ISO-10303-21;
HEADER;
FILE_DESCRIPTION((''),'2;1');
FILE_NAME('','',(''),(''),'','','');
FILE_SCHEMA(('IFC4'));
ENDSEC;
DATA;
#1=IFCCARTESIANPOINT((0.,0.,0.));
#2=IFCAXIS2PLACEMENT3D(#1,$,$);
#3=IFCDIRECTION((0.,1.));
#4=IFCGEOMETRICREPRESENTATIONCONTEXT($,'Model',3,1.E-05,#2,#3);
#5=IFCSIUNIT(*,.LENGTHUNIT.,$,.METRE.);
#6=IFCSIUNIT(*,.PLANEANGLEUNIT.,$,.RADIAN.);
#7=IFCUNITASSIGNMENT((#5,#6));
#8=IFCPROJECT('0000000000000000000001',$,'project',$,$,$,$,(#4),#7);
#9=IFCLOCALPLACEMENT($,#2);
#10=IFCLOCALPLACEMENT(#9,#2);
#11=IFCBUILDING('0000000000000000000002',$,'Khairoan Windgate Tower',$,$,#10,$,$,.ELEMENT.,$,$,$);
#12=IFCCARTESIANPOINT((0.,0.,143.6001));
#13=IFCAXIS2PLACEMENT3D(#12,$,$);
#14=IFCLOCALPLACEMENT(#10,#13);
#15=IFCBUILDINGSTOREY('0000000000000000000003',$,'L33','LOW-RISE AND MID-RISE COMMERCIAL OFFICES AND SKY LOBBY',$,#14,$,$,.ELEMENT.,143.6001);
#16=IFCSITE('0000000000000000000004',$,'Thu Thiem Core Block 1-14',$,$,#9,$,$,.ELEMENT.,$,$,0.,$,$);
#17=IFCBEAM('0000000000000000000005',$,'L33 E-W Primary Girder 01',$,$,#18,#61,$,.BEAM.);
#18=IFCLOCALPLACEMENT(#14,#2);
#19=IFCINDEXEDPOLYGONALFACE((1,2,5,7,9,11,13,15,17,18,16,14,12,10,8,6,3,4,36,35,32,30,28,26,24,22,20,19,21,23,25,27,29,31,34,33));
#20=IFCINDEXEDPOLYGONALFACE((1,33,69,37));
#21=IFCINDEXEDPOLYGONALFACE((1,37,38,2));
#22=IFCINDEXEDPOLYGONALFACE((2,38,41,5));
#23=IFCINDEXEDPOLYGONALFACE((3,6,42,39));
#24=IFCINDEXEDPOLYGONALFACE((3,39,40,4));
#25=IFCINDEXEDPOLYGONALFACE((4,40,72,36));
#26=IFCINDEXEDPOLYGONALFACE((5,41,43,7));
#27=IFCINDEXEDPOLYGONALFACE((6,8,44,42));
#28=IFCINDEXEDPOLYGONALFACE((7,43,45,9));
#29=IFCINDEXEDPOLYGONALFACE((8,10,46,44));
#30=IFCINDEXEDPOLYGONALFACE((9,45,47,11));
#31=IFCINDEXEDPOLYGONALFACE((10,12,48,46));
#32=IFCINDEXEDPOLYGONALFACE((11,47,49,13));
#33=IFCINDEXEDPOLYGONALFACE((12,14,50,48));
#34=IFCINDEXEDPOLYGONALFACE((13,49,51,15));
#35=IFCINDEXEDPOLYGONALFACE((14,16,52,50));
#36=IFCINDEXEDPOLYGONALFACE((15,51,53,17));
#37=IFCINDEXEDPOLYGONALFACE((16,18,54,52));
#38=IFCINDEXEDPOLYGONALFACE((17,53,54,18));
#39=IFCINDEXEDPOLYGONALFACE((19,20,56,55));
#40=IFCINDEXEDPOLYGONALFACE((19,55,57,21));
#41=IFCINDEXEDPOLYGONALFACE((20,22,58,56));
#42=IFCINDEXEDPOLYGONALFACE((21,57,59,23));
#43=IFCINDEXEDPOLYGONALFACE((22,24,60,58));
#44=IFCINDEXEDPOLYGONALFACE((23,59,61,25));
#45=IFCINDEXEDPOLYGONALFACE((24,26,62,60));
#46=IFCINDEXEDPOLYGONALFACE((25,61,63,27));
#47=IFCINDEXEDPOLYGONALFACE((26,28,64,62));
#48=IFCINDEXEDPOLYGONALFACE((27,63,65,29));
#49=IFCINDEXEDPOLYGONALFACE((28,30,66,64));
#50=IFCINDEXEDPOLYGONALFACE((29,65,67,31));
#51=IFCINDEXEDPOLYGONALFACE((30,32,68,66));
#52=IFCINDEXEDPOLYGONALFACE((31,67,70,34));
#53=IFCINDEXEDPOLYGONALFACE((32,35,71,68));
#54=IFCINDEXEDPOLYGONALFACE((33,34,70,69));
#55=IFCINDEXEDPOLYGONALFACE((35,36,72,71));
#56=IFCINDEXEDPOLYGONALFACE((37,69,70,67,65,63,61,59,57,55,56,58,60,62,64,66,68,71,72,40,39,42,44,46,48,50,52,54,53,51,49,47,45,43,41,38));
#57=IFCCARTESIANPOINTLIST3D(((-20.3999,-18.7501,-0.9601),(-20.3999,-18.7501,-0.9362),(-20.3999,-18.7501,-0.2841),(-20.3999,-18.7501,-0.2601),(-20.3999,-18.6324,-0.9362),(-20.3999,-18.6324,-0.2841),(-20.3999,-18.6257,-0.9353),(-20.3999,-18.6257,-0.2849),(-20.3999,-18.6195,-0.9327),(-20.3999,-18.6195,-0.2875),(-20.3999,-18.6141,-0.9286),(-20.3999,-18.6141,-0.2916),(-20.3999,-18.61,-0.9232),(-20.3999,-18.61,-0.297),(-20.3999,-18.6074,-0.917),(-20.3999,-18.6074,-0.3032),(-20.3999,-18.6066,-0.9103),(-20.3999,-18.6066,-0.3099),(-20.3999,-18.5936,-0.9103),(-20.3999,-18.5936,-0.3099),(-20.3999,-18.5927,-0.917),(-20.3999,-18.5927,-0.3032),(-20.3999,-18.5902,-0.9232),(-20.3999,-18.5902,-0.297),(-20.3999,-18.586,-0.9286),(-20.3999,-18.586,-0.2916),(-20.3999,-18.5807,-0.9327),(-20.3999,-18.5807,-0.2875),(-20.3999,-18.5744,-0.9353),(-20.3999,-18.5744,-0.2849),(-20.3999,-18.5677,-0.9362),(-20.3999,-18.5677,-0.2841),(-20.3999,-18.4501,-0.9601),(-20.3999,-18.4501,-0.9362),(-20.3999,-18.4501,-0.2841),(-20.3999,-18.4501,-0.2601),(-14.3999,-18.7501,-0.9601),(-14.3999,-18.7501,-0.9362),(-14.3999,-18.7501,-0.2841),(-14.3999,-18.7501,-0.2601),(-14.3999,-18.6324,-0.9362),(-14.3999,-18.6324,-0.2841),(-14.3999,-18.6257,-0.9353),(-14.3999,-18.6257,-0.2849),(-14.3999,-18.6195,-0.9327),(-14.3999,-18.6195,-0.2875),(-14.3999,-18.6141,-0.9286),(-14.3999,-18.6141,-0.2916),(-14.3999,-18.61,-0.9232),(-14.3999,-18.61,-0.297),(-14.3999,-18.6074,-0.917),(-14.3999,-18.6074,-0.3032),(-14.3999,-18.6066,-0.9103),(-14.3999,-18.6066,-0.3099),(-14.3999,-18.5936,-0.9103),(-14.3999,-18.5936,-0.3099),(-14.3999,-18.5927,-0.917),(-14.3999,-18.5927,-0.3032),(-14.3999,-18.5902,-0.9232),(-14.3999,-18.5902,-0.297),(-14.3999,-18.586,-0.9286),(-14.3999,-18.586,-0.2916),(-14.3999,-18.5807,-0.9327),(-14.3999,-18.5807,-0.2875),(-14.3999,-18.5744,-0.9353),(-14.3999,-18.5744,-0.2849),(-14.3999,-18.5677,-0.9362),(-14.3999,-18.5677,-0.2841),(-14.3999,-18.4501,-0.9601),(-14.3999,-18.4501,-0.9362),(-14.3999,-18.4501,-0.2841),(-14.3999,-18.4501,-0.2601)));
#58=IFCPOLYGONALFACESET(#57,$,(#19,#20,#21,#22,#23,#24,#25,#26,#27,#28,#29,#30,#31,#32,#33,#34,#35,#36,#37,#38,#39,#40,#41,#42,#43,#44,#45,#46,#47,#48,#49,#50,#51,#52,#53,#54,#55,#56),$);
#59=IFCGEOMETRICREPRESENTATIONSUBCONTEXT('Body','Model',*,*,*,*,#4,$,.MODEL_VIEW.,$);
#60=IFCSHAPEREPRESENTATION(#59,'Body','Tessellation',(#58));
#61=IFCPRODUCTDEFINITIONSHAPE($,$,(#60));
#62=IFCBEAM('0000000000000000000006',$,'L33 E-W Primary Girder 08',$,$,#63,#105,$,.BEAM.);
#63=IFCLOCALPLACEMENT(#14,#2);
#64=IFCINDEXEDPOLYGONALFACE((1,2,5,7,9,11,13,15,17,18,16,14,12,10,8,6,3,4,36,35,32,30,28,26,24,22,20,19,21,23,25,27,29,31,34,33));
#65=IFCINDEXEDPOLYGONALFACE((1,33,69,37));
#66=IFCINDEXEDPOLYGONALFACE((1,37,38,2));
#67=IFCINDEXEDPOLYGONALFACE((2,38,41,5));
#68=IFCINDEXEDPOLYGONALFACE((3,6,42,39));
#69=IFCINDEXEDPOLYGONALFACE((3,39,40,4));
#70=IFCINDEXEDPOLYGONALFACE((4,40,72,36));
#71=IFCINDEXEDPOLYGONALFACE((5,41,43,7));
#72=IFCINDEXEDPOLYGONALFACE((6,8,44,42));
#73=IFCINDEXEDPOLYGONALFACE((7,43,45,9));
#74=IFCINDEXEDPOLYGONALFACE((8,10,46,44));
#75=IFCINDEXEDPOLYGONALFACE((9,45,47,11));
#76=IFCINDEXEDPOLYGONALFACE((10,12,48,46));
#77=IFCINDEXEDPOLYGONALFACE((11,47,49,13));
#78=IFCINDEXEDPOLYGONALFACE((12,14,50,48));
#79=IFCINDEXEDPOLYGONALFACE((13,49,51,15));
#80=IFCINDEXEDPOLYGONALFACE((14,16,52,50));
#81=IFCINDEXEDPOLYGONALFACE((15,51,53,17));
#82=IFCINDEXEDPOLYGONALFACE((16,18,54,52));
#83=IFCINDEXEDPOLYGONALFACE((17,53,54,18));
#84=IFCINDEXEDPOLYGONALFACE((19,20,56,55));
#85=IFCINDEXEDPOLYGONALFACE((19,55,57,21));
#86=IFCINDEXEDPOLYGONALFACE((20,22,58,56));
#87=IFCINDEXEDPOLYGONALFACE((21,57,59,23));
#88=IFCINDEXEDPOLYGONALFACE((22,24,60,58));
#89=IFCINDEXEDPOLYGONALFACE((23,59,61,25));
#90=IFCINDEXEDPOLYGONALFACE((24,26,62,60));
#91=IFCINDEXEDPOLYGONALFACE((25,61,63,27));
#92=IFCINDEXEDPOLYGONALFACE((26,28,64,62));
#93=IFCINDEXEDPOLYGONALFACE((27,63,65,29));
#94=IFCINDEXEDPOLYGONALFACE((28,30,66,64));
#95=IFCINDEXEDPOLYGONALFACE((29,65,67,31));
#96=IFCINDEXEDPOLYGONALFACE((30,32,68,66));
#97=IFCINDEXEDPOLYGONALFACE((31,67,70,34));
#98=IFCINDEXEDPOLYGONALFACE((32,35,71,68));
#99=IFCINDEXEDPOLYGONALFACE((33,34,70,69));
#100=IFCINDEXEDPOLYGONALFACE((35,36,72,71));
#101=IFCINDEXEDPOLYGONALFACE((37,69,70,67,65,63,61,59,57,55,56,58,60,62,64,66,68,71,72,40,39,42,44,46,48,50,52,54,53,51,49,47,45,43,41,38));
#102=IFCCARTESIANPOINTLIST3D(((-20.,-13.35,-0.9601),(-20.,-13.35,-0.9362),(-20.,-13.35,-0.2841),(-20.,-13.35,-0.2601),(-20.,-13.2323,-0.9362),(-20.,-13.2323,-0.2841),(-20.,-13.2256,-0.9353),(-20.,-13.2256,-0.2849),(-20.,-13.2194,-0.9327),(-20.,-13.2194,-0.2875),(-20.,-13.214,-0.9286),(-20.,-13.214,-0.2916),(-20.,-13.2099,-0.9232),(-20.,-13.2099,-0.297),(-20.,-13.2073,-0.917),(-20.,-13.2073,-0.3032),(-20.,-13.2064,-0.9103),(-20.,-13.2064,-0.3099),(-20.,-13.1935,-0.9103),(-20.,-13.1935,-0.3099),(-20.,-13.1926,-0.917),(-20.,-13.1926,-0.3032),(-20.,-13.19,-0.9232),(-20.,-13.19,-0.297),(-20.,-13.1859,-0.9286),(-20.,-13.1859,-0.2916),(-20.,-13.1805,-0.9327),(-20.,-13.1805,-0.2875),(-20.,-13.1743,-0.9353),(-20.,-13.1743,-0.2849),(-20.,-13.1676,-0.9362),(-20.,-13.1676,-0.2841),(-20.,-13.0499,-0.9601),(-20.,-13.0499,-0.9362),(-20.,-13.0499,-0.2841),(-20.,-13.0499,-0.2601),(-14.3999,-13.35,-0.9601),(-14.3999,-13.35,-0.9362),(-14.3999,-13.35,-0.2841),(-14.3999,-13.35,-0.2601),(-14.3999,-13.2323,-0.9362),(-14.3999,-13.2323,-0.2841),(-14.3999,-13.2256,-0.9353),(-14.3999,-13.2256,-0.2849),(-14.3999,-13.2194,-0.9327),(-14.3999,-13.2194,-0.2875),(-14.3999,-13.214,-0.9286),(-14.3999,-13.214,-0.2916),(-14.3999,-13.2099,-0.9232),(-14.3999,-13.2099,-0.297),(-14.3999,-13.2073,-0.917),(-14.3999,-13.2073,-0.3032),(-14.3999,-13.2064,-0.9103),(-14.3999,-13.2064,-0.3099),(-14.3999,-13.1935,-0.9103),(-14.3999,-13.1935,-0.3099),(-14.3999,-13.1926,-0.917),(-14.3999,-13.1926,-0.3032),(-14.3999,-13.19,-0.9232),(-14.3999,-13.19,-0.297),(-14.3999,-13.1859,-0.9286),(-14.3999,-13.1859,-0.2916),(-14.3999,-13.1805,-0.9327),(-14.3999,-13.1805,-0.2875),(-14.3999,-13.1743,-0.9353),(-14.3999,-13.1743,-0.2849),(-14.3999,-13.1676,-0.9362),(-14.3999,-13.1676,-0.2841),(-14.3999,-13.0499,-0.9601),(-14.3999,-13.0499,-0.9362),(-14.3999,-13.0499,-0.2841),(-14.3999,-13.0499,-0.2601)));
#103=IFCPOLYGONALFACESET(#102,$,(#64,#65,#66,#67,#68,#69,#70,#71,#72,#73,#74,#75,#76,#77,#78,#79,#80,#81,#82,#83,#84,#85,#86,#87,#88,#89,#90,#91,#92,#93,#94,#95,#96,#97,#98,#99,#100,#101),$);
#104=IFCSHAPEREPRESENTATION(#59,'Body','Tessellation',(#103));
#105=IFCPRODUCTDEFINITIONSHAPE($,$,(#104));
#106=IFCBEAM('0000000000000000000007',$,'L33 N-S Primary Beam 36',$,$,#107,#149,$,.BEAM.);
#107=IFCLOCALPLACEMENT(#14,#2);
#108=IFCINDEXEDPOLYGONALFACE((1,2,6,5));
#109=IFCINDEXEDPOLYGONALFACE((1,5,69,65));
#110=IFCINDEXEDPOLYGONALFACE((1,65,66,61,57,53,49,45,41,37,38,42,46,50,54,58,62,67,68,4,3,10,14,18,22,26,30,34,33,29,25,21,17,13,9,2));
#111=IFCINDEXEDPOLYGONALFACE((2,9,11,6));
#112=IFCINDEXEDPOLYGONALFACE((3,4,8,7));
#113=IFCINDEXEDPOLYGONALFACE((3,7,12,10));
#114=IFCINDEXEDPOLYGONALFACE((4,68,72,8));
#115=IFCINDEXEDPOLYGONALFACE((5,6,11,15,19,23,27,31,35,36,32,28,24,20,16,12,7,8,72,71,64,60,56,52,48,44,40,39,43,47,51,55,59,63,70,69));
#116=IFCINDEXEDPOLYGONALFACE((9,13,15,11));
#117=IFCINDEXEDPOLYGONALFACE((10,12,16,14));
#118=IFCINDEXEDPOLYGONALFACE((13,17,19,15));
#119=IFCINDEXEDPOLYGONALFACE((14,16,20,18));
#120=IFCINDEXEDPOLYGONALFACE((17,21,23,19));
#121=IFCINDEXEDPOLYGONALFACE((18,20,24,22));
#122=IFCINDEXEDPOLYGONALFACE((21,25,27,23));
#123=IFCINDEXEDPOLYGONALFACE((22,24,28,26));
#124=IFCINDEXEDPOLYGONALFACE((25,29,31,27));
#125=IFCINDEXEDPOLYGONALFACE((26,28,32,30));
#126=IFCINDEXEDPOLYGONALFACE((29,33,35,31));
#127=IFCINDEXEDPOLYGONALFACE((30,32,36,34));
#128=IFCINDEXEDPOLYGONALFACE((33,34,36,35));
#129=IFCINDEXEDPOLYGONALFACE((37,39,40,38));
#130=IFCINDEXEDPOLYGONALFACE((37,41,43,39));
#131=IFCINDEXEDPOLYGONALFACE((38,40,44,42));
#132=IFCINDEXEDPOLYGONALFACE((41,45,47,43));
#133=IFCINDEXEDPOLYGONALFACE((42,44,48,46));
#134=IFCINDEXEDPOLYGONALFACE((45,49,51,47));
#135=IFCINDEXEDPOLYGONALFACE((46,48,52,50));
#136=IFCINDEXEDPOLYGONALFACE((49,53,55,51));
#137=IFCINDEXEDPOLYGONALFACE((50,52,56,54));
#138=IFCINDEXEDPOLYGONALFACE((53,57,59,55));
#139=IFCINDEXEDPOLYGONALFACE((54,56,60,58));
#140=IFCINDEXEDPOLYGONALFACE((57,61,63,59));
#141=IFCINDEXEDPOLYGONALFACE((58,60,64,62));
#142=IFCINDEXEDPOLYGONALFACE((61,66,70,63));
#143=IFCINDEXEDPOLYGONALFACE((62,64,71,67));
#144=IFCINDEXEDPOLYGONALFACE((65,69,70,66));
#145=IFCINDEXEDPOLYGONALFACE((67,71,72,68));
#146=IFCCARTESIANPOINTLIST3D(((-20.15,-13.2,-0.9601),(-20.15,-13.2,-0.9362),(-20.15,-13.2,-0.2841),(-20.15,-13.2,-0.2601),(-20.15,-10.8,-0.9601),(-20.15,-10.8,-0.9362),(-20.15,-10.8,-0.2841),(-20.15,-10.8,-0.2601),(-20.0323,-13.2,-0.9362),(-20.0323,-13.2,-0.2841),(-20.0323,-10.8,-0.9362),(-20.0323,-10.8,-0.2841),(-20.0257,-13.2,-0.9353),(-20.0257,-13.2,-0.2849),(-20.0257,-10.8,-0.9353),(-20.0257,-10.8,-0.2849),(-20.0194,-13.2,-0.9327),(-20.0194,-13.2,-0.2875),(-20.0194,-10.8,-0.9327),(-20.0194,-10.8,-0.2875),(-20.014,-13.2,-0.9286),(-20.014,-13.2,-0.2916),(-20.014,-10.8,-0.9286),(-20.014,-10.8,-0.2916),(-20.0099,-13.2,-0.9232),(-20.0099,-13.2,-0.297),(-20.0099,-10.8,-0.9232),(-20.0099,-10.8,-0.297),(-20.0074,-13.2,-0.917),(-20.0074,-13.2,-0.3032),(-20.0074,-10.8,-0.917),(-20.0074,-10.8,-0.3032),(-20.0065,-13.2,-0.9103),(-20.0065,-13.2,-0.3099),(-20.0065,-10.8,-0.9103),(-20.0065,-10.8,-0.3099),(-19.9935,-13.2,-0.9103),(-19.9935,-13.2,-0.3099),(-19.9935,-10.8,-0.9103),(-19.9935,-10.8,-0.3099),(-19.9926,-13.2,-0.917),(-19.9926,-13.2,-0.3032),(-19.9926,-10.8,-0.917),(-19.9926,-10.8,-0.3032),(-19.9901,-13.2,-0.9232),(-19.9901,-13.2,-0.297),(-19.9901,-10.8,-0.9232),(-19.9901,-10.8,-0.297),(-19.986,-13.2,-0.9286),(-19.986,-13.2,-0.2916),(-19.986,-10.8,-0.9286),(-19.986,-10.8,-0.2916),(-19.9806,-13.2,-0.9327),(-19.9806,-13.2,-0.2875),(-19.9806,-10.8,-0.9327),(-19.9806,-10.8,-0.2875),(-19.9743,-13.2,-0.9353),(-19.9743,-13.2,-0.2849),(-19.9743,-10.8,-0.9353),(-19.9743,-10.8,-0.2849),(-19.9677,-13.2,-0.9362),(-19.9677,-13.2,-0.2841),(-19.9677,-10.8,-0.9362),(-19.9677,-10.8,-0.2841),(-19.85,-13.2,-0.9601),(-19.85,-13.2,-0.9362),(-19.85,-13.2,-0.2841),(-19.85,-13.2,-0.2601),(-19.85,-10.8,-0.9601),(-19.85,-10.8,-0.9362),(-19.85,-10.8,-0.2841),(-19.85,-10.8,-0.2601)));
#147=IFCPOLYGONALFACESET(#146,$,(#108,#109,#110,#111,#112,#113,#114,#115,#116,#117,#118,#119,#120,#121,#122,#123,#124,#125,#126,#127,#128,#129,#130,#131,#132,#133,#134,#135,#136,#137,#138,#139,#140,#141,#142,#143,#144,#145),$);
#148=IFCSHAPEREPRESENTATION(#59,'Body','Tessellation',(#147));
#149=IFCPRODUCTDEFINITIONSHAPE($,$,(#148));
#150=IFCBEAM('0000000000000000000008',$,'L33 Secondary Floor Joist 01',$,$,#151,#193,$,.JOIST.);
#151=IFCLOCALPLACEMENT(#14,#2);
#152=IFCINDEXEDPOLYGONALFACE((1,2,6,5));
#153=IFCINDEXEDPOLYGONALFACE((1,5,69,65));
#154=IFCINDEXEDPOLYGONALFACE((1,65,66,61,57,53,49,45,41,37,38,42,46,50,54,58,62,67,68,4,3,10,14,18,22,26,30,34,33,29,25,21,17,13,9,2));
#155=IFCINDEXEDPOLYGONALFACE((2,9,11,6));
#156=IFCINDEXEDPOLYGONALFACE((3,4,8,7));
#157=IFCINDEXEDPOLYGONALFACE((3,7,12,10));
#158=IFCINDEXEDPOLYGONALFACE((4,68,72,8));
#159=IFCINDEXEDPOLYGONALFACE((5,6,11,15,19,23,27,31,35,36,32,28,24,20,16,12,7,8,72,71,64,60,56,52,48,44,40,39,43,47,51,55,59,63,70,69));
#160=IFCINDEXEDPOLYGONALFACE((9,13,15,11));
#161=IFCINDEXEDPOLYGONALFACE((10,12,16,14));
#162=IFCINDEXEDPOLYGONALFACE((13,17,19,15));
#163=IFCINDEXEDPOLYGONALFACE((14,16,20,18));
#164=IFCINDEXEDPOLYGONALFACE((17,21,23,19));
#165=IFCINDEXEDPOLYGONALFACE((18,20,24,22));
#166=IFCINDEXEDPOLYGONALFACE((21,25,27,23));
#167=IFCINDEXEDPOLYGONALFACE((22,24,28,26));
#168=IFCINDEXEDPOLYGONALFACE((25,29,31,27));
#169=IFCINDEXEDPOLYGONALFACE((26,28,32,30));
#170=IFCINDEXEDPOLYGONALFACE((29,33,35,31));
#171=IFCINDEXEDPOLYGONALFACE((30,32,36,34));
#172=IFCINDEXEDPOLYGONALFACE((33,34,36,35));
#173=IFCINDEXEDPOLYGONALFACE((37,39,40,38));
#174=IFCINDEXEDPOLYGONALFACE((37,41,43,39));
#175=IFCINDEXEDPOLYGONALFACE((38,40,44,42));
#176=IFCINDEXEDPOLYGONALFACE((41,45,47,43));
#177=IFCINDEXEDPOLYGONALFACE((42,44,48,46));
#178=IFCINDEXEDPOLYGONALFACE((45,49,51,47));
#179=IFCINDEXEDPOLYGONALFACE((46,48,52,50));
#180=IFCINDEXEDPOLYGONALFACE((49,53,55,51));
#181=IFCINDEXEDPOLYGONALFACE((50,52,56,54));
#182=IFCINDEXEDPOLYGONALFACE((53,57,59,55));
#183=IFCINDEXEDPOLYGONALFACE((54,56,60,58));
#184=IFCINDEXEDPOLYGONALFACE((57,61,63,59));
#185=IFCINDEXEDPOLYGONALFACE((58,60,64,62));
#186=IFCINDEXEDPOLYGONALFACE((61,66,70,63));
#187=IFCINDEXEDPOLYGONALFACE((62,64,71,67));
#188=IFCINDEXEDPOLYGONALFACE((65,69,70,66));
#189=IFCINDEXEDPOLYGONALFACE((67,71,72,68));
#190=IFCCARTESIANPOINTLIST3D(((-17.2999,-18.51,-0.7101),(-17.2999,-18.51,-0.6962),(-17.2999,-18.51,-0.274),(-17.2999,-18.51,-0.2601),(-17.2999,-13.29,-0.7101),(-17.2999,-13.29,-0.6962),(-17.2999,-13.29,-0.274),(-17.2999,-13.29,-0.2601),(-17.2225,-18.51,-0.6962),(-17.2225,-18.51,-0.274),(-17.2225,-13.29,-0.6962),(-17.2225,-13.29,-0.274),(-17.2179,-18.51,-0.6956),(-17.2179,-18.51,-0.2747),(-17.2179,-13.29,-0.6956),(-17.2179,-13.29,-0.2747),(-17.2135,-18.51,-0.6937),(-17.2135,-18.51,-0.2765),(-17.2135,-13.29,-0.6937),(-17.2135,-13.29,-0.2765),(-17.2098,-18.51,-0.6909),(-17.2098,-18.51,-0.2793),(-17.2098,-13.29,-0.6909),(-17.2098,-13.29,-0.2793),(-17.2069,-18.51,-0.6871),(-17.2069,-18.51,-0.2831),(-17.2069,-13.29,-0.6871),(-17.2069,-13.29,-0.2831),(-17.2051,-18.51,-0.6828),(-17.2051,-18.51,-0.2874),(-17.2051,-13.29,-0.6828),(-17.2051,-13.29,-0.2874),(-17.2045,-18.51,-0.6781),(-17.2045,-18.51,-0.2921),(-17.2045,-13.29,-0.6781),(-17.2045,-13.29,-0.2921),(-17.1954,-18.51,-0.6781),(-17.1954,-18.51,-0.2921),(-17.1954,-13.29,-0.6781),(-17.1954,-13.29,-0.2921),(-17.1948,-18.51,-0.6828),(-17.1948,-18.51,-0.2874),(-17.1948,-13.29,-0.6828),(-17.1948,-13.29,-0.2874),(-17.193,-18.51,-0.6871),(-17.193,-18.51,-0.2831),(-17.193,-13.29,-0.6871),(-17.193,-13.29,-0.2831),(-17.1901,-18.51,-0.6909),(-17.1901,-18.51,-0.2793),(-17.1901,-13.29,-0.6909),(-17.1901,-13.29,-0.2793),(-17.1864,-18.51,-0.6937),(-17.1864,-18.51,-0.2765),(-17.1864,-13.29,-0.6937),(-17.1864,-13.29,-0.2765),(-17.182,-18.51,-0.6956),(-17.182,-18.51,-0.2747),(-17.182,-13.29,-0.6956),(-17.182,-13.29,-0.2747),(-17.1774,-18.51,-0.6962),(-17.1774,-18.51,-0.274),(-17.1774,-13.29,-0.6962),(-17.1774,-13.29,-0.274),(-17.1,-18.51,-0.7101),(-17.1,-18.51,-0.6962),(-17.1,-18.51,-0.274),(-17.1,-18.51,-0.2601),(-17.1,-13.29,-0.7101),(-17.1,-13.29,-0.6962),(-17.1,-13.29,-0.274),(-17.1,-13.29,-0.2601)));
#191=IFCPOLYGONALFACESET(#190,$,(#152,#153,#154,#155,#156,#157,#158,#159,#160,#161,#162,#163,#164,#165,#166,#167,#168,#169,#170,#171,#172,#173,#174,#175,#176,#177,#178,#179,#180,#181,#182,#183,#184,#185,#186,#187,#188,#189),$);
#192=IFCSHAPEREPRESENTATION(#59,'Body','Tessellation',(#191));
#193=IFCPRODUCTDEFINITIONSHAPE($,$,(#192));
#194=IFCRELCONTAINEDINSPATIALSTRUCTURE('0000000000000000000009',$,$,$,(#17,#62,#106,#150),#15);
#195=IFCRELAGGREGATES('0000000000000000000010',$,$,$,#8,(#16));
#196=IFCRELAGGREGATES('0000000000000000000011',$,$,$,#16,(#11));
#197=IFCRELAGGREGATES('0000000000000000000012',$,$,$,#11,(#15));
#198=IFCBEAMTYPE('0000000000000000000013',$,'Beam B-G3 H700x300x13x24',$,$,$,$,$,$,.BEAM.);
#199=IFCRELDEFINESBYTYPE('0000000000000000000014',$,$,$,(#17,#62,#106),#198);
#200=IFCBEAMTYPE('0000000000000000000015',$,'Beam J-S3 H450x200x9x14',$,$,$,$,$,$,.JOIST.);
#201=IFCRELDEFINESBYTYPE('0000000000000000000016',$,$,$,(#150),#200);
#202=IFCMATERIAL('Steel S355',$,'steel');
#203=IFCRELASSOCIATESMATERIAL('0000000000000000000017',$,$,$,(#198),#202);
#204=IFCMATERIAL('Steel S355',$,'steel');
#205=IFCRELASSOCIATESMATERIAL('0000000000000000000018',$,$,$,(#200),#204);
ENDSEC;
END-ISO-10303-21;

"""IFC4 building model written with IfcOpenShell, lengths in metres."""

from ifc_helpers import new_model, si_unit, direction, frame, origin, origin_2d, place, context, subcontext, project, spatial, i_section, extrude, material, material_profile, profile_set, type_object, element, save


model = new_model("IFC4")

# Units and contexts
model_context = context("Model", 3, precision=1e-05, world=origin(), true_north=direction((0.0, 1.0)))
body_context = subcontext(model_context, "Body", "Model", "MODEL_VIEW")
ifc_project = project(units=[si_unit("LENGTHUNIT", "METRE"), si_unit("PLANEANGLEUNIT", "RADIAN")], contexts=[model_context])

# Site, building, storey
site_placement = place(None, origin())
site = spatial("IfcSite", under=ifc_project, at=site_placement, Name="Thu Thiem Core Block 1-14", CompositionType="ELEMENT", RefElevation=0.0)
building_placement = place(site_placement, origin())
building = spatial("IfcBuilding", under=site, at=building_placement, Name="Khairoan Windgate Tower", CompositionType="ELEMENT")
storey_placement = place(building_placement, frame((0.0, 0.0, 143.6001)))
storey = spatial("IfcBuildingStorey", under=building, at=storey_placement, Name="L33", Description="LOW-RISE AND MID-RISE COMMERCIAL OFFICES AND SKY LOBBY", CompositionType="ELEMENT", Elevation=143.6001)

# Beams
ifc_material_1 = material(Name="Steel S355", Category="steel")
ifc_material_profile_1 = material_profile(ifc_material_1, i_section(OverallWidth=0.3, OverallDepth=0.7, WebThickness=0.0129, FlangeThickness=0.0239, FilletRadius=0.0259, at=origin_2d()))
ifc_profile_set_1 = profile_set([ifc_material_profile_1], Name="Steel S355")
beam_type_1 = type_object("IfcBeamType", Name="Beam B-G3 H700x300x13x24", PredefinedType="BEAM", material=ifc_profile_set_1)
beam_1_placement = place(storey_placement, frame((-20.3999, -18.6001, -0.6101), z_axis=(1.0, 0.0, 0.0), x_axis=(0.0, 1.0, 0.0)))
element("IfcBeam", 1, at=beam_1_placement, inside=storey, type_object=beam_type_1, Name="L33 E-W Primary Girder 01", PredefinedType="BEAM", context=body_context, shape_type="SweptSolid", body=[
    extrude(i_section(OverallWidth=0.3, OverallDepth=0.7, WebThickness=0.0129, FlangeThickness=0.0239, FilletRadius=0.0259, at=origin_2d()), origin(), (0.0, 0.0, 1.0), 6.0),
])
beam_2_placement = place(storey_placement, frame((-20.0, -13.2, -0.6101), z_axis=(1.0, 0.0, 0.0), x_axis=(0.0, 1.0, 0.0)))
element("IfcBeam", 2, at=beam_2_placement, inside=storey, type_object=beam_type_1, Name="L33 E-W Primary Girder 08", PredefinedType="BEAM", context=body_context, shape_type="SweptSolid", body=[
    extrude(i_section(OverallWidth=0.3, OverallDepth=0.7, WebThickness=0.0129, FlangeThickness=0.0239, FilletRadius=0.0259, at=origin_2d()), origin(), (0.0, 0.0, 1.0), 5.6001),
])
beam_3_placement = place(storey_placement, frame((-20.0, -13.2, -0.6101), z_axis=(0.0, 1.0, 0.0), x_axis=(-1.0, 0.0, 0.0)))
element("IfcBeam", 3, at=beam_3_placement, inside=storey, type_object=beam_type_1, Name="L33 N-S Primary Beam 36", PredefinedType="BEAM", context=body_context, shape_type="SweptSolid", body=[
    extrude(i_section(OverallWidth=0.3, OverallDepth=0.7, WebThickness=0.0129, FlangeThickness=0.0239, FilletRadius=0.0259, at=origin_2d()), origin(), (0.0, 0.0, 1.0), 2.3999),
])
ifc_material_2 = material(Name="Steel S355", Category="steel")
ifc_material_profile_2 = material_profile(ifc_material_2, i_section(OverallWidth=0.2, OverallDepth=0.45, WebThickness=0.009, FlangeThickness=0.0139, FilletRadius=0.0181, at=origin_2d()))
ifc_profile_set_2 = profile_set([ifc_material_profile_2], Name="Steel S355")
beam_type_2 = type_object("IfcBeamType", Name="Beam J-S3 H450x200x9x14", PredefinedType="JOIST", material=ifc_profile_set_2)
beam_4_placement = place(storey_placement, frame((-17.2, -18.51, -0.4851), z_axis=(0.0, 1.0, 0.0), x_axis=(-1.0, 0.0, 0.0)))
element("IfcBeam", 4, at=beam_4_placement, inside=storey, type_object=beam_type_2, Name="L33 Secondary Floor Joist 01", PredefinedType="JOIST", context=body_context, shape_type="SweptSolid", body=[
    extrude(i_section(OverallWidth=0.2, OverallDepth=0.45, WebThickness=0.009, FlangeThickness=0.0139, FilletRadius=0.0181, at=origin_2d()), origin(), (0.0, 0.0, 1.0), 5.22),
])

save(model, "model.ifc")
